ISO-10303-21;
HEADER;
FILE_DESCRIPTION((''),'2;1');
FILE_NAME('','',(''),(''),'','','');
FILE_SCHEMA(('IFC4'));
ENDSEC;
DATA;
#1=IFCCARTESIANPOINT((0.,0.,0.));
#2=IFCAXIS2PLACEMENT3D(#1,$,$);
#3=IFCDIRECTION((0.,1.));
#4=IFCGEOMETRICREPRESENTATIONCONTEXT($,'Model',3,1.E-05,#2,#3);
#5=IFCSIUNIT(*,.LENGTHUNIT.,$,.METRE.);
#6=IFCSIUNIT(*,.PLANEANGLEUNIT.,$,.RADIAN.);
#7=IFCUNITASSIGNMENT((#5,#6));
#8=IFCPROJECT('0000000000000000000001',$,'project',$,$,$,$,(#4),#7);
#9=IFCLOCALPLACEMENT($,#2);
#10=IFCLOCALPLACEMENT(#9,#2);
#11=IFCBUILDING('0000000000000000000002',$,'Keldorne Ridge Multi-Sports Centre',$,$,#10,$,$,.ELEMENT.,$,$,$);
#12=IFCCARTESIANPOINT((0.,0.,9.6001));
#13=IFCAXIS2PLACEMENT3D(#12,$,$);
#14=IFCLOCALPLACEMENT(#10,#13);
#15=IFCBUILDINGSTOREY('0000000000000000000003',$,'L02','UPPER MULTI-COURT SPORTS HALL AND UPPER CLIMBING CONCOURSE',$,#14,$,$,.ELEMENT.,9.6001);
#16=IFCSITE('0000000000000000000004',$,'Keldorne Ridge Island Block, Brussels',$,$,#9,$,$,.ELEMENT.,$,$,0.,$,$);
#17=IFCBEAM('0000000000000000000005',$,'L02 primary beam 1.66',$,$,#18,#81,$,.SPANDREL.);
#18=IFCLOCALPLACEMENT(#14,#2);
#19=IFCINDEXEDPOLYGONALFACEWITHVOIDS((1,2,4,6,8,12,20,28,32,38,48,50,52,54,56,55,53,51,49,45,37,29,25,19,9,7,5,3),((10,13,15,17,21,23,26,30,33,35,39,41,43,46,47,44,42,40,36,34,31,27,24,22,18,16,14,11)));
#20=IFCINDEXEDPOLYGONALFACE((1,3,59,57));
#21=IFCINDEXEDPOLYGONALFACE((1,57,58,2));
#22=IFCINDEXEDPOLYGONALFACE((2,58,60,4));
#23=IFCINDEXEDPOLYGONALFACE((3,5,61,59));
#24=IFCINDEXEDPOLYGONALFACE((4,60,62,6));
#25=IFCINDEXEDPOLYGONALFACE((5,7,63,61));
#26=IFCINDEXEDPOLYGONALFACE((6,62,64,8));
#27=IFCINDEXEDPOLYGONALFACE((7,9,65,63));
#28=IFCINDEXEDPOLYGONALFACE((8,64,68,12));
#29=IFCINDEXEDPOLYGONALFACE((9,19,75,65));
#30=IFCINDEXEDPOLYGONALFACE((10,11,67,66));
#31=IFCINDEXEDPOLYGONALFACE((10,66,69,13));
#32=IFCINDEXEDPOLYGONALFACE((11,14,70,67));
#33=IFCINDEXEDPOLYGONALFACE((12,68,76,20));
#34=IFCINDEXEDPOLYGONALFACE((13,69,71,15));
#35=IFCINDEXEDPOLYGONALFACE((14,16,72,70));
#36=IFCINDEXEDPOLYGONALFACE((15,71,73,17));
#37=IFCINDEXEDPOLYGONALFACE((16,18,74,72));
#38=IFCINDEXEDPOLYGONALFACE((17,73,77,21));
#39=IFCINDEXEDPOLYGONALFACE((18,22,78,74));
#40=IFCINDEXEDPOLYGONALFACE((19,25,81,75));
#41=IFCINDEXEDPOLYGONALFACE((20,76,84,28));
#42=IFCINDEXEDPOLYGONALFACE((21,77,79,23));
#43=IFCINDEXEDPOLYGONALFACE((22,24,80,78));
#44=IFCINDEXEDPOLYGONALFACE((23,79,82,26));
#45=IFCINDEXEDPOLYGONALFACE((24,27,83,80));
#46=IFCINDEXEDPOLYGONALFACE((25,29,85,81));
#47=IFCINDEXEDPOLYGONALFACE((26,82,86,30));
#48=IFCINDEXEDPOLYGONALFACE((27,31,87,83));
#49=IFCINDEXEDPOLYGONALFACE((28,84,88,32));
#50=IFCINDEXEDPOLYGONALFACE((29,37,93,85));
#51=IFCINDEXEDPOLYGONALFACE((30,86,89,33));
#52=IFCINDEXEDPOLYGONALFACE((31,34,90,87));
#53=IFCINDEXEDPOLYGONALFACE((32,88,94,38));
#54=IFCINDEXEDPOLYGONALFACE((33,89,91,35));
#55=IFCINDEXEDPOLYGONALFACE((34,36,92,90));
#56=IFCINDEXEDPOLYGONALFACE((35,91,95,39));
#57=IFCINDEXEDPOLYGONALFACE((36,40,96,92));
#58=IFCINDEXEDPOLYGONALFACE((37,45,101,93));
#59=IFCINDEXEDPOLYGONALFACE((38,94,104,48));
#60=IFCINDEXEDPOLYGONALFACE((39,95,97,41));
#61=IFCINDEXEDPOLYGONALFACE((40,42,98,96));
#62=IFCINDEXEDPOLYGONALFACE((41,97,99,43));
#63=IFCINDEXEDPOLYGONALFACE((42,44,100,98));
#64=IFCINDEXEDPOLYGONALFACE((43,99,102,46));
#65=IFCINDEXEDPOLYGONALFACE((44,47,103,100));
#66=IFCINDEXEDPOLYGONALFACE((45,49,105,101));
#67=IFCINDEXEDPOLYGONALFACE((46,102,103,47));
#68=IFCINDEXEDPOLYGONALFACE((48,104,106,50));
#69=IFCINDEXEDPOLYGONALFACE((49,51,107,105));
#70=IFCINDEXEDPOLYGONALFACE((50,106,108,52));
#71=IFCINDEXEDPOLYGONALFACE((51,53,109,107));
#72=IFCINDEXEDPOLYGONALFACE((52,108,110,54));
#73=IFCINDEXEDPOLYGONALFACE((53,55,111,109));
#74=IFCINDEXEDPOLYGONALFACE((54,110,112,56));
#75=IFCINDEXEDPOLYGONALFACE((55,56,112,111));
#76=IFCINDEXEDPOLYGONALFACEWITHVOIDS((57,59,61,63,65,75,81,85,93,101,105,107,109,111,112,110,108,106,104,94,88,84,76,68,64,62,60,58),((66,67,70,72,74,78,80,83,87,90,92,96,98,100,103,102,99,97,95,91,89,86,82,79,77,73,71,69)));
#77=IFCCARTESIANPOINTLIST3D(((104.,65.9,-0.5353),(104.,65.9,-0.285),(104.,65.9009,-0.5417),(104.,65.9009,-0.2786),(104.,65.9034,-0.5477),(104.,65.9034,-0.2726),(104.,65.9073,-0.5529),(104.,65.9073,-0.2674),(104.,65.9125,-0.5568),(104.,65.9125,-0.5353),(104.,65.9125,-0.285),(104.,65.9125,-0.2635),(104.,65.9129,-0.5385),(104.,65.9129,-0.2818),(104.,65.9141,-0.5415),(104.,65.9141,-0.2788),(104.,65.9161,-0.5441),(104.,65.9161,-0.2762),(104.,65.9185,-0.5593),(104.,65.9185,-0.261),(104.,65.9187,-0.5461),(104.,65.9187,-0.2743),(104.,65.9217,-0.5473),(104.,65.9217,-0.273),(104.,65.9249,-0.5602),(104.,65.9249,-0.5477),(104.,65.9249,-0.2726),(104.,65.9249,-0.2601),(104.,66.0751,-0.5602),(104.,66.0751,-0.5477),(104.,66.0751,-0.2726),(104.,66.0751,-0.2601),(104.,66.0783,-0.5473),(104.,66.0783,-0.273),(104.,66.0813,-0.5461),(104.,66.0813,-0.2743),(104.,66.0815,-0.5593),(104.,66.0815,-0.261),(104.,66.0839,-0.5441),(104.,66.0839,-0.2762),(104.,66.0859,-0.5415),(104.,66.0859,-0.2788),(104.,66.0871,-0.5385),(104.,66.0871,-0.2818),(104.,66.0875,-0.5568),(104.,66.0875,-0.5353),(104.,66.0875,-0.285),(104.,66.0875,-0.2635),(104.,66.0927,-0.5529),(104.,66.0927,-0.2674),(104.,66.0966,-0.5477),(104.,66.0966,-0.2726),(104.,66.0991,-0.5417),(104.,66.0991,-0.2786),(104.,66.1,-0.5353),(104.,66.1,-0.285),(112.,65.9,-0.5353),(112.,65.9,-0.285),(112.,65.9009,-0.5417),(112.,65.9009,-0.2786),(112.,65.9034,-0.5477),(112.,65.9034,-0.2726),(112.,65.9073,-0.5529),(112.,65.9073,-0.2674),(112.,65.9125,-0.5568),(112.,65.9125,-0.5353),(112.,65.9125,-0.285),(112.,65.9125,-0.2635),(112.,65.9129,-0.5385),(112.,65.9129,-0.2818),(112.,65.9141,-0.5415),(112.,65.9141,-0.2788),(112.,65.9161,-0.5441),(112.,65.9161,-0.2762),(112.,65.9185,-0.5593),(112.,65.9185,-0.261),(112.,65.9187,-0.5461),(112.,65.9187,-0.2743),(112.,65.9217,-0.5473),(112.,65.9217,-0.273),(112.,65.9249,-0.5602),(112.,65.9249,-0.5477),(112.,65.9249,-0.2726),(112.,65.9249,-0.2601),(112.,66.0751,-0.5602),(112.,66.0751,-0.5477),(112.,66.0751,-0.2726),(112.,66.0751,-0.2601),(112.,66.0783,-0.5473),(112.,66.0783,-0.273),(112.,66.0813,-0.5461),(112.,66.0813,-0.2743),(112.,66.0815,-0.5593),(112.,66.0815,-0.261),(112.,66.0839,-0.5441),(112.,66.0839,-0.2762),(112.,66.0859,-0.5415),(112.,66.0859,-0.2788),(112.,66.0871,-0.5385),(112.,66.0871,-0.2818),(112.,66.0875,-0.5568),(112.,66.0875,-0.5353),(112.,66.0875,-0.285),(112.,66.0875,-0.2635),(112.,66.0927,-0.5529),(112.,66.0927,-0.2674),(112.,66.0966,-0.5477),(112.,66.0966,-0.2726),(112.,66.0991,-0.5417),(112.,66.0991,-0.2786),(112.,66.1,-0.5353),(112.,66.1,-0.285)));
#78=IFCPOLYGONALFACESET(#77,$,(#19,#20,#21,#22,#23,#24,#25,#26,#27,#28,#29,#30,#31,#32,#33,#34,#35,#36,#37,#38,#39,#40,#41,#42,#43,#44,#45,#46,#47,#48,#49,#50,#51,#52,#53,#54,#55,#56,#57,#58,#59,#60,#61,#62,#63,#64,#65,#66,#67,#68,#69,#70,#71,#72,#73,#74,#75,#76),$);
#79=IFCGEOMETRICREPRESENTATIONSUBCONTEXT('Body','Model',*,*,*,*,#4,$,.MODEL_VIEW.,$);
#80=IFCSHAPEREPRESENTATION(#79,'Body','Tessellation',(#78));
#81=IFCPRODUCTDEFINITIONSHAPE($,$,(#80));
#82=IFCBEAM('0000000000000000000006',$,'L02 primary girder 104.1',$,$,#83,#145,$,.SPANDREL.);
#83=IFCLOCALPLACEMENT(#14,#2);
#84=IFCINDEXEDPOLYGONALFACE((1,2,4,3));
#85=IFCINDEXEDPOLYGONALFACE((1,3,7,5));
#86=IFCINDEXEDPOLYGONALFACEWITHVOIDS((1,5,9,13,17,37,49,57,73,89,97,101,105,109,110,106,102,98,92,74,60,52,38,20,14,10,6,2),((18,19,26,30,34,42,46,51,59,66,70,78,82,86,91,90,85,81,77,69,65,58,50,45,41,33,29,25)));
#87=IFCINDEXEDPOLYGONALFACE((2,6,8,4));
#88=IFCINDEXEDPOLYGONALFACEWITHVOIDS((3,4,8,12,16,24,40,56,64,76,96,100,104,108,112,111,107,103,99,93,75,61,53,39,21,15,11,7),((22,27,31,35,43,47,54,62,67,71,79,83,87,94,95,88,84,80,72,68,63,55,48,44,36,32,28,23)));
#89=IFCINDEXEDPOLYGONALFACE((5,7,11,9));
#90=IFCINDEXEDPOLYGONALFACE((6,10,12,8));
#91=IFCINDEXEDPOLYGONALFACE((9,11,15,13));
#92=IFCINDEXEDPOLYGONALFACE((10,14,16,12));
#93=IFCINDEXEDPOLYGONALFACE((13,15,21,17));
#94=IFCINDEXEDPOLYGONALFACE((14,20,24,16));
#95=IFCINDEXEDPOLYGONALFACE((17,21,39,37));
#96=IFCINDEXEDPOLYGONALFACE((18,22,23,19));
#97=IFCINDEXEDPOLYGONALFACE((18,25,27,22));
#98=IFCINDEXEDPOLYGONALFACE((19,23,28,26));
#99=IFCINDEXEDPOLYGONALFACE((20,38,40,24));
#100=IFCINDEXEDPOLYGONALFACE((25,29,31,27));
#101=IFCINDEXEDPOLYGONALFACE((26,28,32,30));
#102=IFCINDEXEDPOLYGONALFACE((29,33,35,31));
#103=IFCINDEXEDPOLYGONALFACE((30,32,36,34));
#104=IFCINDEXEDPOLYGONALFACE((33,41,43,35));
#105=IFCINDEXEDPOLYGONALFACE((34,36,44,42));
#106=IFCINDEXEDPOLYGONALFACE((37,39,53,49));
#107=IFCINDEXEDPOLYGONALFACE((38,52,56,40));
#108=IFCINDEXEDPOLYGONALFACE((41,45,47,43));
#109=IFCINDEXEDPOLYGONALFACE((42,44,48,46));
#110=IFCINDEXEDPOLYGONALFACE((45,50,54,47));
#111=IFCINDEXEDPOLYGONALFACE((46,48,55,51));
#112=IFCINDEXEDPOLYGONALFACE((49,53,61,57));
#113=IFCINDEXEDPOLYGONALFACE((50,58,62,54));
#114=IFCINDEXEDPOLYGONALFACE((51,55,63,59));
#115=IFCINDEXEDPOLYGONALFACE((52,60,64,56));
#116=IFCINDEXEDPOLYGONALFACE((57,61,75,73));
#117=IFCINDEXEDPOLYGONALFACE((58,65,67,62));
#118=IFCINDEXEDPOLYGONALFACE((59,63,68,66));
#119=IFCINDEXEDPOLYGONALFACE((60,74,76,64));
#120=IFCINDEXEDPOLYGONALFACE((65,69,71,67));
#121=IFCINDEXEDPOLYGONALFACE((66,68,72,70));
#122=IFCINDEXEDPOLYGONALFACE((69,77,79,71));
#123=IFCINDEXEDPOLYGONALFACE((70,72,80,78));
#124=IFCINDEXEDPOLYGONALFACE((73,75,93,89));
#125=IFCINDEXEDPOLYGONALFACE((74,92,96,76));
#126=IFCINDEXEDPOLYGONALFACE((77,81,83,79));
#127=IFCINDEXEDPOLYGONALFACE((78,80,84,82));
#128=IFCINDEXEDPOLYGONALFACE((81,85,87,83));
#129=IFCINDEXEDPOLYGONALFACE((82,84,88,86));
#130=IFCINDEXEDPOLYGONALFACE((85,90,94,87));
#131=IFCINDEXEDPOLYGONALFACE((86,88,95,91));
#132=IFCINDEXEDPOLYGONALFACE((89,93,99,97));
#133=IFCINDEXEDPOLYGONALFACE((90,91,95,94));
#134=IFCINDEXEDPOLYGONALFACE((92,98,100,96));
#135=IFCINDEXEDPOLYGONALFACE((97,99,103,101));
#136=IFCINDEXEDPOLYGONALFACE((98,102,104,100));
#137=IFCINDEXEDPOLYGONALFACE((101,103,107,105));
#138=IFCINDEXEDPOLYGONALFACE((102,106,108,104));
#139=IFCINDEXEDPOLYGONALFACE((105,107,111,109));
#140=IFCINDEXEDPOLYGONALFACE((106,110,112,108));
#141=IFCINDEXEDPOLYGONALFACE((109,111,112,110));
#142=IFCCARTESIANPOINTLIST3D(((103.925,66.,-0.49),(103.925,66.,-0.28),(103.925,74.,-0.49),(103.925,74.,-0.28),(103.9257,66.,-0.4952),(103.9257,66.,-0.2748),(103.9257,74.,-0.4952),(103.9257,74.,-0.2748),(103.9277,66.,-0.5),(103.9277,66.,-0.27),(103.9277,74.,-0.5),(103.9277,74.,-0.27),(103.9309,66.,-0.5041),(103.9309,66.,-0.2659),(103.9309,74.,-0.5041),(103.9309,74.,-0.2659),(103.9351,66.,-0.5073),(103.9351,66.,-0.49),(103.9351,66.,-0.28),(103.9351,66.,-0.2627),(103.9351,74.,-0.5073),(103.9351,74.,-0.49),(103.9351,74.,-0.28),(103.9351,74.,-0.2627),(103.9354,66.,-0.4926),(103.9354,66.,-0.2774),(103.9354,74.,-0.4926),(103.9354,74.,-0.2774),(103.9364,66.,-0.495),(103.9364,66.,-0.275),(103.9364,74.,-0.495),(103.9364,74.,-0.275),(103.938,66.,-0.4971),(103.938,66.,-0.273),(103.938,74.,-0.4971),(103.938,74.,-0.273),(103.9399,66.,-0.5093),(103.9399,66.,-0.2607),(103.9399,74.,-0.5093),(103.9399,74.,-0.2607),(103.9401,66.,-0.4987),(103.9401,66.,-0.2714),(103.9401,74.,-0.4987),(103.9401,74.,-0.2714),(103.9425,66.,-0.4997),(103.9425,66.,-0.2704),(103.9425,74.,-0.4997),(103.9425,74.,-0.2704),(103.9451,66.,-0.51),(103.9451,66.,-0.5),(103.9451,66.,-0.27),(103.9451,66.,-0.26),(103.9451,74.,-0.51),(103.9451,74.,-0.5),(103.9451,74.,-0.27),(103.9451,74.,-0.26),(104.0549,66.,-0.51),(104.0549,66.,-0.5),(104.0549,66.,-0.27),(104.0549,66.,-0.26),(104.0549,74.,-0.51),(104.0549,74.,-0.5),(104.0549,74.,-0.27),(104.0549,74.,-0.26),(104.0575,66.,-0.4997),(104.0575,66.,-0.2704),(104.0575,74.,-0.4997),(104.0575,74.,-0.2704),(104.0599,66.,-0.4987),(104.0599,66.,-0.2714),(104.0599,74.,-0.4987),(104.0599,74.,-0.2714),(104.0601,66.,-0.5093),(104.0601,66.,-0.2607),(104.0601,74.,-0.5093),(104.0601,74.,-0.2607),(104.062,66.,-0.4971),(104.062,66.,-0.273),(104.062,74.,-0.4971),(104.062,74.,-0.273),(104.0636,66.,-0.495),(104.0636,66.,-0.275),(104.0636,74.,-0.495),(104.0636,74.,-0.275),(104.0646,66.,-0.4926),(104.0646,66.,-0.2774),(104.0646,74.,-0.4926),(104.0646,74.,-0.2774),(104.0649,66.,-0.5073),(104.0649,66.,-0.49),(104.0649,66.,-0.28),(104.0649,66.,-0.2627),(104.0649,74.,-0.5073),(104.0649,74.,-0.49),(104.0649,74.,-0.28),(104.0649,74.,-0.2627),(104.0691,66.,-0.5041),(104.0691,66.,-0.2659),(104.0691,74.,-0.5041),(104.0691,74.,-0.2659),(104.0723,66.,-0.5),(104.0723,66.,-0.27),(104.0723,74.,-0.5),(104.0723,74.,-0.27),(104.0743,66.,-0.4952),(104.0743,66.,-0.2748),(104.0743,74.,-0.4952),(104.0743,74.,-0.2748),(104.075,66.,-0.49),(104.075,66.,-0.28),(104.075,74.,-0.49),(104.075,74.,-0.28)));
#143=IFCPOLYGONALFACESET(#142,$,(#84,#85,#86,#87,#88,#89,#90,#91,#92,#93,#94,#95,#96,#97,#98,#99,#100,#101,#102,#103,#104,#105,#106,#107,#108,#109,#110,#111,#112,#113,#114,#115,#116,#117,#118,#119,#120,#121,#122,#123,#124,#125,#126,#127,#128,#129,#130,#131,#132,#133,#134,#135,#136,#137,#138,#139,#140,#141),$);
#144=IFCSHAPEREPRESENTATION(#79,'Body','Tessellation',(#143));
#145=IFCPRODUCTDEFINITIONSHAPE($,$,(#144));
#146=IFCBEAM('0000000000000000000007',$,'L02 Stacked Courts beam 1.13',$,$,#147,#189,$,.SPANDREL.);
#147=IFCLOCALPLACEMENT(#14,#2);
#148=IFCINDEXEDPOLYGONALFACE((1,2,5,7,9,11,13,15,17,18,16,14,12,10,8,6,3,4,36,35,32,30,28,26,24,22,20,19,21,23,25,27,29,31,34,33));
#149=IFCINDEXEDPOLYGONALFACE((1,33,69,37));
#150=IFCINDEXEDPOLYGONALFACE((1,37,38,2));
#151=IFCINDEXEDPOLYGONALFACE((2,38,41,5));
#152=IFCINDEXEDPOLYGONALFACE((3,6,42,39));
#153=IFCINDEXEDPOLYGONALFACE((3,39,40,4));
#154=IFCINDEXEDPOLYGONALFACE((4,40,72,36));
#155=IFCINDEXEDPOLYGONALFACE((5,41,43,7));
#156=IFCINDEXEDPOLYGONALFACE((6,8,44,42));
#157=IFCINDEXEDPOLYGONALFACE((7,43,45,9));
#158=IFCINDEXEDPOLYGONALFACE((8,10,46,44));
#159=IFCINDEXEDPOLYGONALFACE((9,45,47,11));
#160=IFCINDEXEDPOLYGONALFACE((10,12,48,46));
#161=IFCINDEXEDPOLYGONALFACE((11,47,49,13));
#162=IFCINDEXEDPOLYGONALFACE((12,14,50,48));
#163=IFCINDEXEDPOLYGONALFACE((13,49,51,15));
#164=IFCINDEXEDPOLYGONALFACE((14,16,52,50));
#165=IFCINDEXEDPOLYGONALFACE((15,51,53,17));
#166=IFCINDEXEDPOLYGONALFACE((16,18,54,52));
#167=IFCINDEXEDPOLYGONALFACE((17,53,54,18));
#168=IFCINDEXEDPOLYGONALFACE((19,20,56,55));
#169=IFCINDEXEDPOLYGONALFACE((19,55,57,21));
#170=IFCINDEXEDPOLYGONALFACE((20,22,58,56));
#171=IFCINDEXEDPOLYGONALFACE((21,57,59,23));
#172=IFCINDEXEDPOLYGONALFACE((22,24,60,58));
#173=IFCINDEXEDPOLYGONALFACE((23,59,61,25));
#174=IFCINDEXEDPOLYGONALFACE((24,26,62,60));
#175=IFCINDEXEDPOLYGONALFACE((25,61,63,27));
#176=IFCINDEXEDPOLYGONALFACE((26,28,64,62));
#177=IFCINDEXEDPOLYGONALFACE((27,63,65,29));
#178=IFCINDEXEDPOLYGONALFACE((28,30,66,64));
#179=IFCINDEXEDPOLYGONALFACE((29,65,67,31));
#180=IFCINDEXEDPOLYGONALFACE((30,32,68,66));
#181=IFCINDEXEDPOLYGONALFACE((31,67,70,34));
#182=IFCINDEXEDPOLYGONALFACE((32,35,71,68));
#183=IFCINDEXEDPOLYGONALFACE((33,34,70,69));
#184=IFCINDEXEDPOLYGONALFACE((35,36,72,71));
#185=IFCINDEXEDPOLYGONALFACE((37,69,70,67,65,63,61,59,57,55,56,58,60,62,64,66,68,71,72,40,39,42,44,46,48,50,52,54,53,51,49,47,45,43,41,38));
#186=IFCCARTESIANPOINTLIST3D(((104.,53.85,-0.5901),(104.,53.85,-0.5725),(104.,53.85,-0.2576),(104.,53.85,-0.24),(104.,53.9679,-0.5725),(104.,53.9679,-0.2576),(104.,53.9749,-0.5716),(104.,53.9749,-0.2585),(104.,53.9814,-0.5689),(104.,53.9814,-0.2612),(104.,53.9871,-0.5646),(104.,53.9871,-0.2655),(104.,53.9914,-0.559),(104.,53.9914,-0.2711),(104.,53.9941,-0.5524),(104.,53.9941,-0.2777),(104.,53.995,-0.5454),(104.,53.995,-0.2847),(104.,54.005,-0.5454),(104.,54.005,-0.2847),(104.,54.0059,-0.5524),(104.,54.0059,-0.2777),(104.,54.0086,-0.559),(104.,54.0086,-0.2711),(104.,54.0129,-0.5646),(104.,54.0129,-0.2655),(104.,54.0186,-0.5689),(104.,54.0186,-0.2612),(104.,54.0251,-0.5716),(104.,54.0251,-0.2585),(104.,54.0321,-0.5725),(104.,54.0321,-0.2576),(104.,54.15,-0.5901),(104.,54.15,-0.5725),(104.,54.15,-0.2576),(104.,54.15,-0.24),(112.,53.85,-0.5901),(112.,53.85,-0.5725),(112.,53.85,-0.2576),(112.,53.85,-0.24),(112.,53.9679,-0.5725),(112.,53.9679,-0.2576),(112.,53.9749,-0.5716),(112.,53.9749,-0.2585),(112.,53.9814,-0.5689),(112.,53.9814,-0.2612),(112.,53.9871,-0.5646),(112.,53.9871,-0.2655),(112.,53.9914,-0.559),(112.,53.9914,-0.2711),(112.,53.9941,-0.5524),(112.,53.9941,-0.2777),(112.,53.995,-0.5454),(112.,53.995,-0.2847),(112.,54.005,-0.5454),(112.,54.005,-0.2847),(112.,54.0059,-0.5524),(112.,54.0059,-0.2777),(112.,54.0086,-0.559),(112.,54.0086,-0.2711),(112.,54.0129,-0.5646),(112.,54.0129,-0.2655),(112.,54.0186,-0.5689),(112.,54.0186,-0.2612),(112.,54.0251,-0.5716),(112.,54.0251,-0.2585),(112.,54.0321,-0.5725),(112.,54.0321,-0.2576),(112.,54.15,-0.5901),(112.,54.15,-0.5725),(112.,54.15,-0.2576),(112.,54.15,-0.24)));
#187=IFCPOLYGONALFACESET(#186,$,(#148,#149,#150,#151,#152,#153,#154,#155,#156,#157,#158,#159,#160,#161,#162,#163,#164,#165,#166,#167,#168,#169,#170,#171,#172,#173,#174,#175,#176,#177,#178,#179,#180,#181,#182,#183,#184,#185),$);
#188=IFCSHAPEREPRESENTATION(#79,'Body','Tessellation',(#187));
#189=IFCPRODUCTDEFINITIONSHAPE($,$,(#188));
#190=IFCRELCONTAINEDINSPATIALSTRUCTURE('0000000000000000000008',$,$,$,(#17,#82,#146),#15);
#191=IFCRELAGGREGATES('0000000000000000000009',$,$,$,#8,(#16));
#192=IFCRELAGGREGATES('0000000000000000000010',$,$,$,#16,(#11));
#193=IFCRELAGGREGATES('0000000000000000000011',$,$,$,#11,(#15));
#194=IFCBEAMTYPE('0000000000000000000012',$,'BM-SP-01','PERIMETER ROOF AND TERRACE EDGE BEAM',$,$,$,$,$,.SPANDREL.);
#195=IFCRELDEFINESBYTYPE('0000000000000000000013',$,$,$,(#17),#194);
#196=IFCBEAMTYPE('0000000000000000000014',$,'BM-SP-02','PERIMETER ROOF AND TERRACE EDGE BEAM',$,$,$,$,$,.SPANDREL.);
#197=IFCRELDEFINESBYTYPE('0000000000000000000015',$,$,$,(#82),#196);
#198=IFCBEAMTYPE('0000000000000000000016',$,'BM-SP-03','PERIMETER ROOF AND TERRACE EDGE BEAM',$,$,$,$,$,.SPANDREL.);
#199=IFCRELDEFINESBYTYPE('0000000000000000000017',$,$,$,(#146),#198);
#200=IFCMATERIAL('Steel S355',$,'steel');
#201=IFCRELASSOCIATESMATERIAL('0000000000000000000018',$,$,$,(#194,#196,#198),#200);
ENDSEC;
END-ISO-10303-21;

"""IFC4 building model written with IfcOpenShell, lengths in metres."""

from ifc_helpers import new_model, si_unit, direction, frame, origin, origin_2d, place, context, subcontext, project, spatial, hollow_rectangle, i_section, extrude, material, material_profile, profile_set, type_object, element, save


model = new_model("IFC4")

# Units and contexts
model_context = context("Model", 3, precision=1e-05, world=origin(), true_north=direction((0.0, 1.0)))
body_context = subcontext(model_context, "Body", "Model", "MODEL_VIEW")
ifc_project = project(units=[si_unit("LENGTHUNIT", "METRE"), si_unit("PLANEANGLEUNIT", "RADIAN")], contexts=[model_context])

# Site, building, storey
site_placement = place(None, origin())
site = spatial("IfcSite", under=ifc_project, at=site_placement, Name="Keldorne Ridge Island Block, Brussels", CompositionType="ELEMENT", RefElevation=0.0)
building_placement = place(site_placement, origin())
building = spatial("IfcBuilding", under=site, at=building_placement, Name="Keldorne Ridge Multi-Sports Centre", CompositionType="ELEMENT")
storey_placement = place(building_placement, frame((0.0, 0.0, 9.6001)))
storey = spatial("IfcBuildingStorey", under=building, at=storey_placement, Name="L02", Description="UPPER MULTI-COURT SPORTS HALL AND UPPER CLIMBING CONCOURSE", CompositionType="ELEMENT", Elevation=9.6001)

# Shared definitions
ifc_material_1 = material(Name="Steel S355", Category="steel")

# Beams
ifc_material_profile_1 = material_profile(ifc_material_1, hollow_rectangle(XDim=0.2, YDim=0.3, WallThickness=0.0125, InnerFilletRadius=0.0125, OuterFilletRadius=0.0249, at=origin_2d()), Name="RHS 300x200x12.5")
ifc_profile_set_1 = profile_set([ifc_material_profile_1], Name="Steel S355")
beam_type_1 = type_object("IfcBeamType", Name="BM-SP-01", Description="PERIMETER ROOF AND TERRACE EDGE BEAM", PredefinedType="SPANDREL", material=ifc_profile_set_1)
beam_1_placement = place(storey_placement, frame((104.0, 66.0, -0.4102), z_axis=(1.0, 0.0, 0.0), x_axis=(0.0, 1.0, 0.0)))
element("IfcBeam", 1, at=beam_1_placement, inside=storey, type_object=beam_type_1, Name="L02 primary beam 1.66", PredefinedType="SPANDREL", context=body_context, shape_type="SweptSolid", body=[
    extrude(hollow_rectangle(XDim=0.2, YDim=0.3, WallThickness=0.0125, InnerFilletRadius=0.0125, OuterFilletRadius=0.0249, at=origin_2d()), origin(), (0.0, 0.0, 1.0), 8.0),
])
ifc_material_profile_2 = material_profile(ifc_material_1, hollow_rectangle(XDim=0.1499, YDim=0.25, WallThickness=0.01, InnerFilletRadius=0.01, OuterFilletRadius=0.02, at=origin_2d()), Name="RHS 250x150x10")
ifc_profile_set_2 = profile_set([ifc_material_profile_2], Name="Steel S355")
beam_type_2 = type_object("IfcBeamType", Name="BM-SP-02", Description="PERIMETER ROOF AND TERRACE EDGE BEAM", PredefinedType="SPANDREL", material=ifc_profile_set_2)
beam_2_placement = place(storey_placement, frame((104.0, 66.0, -0.385), z_axis=(0.0, 1.0, 0.0), x_axis=(-1.0, 0.0, 0.0)))
element("IfcBeam", 2, at=beam_2_placement, inside=storey, type_object=beam_type_2, Name="L02 primary girder 104.1", PredefinedType="SPANDREL", context=body_context, shape_type="SweptSolid", body=[
    extrude(hollow_rectangle(XDim=0.1499, YDim=0.25, WallThickness=0.01, InnerFilletRadius=0.01, OuterFilletRadius=0.02, at=origin_2d()), origin(), (0.0, 0.0, 1.0), 8.0),
])
ifc_material_profile_3 = material_profile(ifc_material_1, i_section(OverallWidth=0.3, OverallDepth=0.3501, WebThickness=0.01, FlangeThickness=0.0176, FilletRadius=0.0271, at=origin_2d()), Name="HEA 360")
ifc_profile_set_3 = profile_set([ifc_material_profile_3], Name="Steel S355")
beam_type_3 = type_object("IfcBeamType", Name="BM-SP-03", Description="PERIMETER ROOF AND TERRACE EDGE BEAM", PredefinedType="SPANDREL", material=ifc_profile_set_3)
beam_3_placement = place(storey_placement, frame((104.0, 54.0, -0.415), z_axis=(1.0, 0.0, 0.0), x_axis=(0.0, 1.0, 0.0)))
element("IfcBeam", 3, at=beam_3_placement, inside=storey, type_object=beam_type_3, Name="L02 Stacked Courts beam 1.13", PredefinedType="SPANDREL", context=body_context, shape_type="SweptSolid", body=[
    extrude(i_section(OverallWidth=0.3, OverallDepth=0.3501, WebThickness=0.01, FlangeThickness=0.0176, FilletRadius=0.0271, at=origin_2d()), origin(), (0.0, 0.0, 1.0), 8.0),
])

save(model, "model.ifc")
